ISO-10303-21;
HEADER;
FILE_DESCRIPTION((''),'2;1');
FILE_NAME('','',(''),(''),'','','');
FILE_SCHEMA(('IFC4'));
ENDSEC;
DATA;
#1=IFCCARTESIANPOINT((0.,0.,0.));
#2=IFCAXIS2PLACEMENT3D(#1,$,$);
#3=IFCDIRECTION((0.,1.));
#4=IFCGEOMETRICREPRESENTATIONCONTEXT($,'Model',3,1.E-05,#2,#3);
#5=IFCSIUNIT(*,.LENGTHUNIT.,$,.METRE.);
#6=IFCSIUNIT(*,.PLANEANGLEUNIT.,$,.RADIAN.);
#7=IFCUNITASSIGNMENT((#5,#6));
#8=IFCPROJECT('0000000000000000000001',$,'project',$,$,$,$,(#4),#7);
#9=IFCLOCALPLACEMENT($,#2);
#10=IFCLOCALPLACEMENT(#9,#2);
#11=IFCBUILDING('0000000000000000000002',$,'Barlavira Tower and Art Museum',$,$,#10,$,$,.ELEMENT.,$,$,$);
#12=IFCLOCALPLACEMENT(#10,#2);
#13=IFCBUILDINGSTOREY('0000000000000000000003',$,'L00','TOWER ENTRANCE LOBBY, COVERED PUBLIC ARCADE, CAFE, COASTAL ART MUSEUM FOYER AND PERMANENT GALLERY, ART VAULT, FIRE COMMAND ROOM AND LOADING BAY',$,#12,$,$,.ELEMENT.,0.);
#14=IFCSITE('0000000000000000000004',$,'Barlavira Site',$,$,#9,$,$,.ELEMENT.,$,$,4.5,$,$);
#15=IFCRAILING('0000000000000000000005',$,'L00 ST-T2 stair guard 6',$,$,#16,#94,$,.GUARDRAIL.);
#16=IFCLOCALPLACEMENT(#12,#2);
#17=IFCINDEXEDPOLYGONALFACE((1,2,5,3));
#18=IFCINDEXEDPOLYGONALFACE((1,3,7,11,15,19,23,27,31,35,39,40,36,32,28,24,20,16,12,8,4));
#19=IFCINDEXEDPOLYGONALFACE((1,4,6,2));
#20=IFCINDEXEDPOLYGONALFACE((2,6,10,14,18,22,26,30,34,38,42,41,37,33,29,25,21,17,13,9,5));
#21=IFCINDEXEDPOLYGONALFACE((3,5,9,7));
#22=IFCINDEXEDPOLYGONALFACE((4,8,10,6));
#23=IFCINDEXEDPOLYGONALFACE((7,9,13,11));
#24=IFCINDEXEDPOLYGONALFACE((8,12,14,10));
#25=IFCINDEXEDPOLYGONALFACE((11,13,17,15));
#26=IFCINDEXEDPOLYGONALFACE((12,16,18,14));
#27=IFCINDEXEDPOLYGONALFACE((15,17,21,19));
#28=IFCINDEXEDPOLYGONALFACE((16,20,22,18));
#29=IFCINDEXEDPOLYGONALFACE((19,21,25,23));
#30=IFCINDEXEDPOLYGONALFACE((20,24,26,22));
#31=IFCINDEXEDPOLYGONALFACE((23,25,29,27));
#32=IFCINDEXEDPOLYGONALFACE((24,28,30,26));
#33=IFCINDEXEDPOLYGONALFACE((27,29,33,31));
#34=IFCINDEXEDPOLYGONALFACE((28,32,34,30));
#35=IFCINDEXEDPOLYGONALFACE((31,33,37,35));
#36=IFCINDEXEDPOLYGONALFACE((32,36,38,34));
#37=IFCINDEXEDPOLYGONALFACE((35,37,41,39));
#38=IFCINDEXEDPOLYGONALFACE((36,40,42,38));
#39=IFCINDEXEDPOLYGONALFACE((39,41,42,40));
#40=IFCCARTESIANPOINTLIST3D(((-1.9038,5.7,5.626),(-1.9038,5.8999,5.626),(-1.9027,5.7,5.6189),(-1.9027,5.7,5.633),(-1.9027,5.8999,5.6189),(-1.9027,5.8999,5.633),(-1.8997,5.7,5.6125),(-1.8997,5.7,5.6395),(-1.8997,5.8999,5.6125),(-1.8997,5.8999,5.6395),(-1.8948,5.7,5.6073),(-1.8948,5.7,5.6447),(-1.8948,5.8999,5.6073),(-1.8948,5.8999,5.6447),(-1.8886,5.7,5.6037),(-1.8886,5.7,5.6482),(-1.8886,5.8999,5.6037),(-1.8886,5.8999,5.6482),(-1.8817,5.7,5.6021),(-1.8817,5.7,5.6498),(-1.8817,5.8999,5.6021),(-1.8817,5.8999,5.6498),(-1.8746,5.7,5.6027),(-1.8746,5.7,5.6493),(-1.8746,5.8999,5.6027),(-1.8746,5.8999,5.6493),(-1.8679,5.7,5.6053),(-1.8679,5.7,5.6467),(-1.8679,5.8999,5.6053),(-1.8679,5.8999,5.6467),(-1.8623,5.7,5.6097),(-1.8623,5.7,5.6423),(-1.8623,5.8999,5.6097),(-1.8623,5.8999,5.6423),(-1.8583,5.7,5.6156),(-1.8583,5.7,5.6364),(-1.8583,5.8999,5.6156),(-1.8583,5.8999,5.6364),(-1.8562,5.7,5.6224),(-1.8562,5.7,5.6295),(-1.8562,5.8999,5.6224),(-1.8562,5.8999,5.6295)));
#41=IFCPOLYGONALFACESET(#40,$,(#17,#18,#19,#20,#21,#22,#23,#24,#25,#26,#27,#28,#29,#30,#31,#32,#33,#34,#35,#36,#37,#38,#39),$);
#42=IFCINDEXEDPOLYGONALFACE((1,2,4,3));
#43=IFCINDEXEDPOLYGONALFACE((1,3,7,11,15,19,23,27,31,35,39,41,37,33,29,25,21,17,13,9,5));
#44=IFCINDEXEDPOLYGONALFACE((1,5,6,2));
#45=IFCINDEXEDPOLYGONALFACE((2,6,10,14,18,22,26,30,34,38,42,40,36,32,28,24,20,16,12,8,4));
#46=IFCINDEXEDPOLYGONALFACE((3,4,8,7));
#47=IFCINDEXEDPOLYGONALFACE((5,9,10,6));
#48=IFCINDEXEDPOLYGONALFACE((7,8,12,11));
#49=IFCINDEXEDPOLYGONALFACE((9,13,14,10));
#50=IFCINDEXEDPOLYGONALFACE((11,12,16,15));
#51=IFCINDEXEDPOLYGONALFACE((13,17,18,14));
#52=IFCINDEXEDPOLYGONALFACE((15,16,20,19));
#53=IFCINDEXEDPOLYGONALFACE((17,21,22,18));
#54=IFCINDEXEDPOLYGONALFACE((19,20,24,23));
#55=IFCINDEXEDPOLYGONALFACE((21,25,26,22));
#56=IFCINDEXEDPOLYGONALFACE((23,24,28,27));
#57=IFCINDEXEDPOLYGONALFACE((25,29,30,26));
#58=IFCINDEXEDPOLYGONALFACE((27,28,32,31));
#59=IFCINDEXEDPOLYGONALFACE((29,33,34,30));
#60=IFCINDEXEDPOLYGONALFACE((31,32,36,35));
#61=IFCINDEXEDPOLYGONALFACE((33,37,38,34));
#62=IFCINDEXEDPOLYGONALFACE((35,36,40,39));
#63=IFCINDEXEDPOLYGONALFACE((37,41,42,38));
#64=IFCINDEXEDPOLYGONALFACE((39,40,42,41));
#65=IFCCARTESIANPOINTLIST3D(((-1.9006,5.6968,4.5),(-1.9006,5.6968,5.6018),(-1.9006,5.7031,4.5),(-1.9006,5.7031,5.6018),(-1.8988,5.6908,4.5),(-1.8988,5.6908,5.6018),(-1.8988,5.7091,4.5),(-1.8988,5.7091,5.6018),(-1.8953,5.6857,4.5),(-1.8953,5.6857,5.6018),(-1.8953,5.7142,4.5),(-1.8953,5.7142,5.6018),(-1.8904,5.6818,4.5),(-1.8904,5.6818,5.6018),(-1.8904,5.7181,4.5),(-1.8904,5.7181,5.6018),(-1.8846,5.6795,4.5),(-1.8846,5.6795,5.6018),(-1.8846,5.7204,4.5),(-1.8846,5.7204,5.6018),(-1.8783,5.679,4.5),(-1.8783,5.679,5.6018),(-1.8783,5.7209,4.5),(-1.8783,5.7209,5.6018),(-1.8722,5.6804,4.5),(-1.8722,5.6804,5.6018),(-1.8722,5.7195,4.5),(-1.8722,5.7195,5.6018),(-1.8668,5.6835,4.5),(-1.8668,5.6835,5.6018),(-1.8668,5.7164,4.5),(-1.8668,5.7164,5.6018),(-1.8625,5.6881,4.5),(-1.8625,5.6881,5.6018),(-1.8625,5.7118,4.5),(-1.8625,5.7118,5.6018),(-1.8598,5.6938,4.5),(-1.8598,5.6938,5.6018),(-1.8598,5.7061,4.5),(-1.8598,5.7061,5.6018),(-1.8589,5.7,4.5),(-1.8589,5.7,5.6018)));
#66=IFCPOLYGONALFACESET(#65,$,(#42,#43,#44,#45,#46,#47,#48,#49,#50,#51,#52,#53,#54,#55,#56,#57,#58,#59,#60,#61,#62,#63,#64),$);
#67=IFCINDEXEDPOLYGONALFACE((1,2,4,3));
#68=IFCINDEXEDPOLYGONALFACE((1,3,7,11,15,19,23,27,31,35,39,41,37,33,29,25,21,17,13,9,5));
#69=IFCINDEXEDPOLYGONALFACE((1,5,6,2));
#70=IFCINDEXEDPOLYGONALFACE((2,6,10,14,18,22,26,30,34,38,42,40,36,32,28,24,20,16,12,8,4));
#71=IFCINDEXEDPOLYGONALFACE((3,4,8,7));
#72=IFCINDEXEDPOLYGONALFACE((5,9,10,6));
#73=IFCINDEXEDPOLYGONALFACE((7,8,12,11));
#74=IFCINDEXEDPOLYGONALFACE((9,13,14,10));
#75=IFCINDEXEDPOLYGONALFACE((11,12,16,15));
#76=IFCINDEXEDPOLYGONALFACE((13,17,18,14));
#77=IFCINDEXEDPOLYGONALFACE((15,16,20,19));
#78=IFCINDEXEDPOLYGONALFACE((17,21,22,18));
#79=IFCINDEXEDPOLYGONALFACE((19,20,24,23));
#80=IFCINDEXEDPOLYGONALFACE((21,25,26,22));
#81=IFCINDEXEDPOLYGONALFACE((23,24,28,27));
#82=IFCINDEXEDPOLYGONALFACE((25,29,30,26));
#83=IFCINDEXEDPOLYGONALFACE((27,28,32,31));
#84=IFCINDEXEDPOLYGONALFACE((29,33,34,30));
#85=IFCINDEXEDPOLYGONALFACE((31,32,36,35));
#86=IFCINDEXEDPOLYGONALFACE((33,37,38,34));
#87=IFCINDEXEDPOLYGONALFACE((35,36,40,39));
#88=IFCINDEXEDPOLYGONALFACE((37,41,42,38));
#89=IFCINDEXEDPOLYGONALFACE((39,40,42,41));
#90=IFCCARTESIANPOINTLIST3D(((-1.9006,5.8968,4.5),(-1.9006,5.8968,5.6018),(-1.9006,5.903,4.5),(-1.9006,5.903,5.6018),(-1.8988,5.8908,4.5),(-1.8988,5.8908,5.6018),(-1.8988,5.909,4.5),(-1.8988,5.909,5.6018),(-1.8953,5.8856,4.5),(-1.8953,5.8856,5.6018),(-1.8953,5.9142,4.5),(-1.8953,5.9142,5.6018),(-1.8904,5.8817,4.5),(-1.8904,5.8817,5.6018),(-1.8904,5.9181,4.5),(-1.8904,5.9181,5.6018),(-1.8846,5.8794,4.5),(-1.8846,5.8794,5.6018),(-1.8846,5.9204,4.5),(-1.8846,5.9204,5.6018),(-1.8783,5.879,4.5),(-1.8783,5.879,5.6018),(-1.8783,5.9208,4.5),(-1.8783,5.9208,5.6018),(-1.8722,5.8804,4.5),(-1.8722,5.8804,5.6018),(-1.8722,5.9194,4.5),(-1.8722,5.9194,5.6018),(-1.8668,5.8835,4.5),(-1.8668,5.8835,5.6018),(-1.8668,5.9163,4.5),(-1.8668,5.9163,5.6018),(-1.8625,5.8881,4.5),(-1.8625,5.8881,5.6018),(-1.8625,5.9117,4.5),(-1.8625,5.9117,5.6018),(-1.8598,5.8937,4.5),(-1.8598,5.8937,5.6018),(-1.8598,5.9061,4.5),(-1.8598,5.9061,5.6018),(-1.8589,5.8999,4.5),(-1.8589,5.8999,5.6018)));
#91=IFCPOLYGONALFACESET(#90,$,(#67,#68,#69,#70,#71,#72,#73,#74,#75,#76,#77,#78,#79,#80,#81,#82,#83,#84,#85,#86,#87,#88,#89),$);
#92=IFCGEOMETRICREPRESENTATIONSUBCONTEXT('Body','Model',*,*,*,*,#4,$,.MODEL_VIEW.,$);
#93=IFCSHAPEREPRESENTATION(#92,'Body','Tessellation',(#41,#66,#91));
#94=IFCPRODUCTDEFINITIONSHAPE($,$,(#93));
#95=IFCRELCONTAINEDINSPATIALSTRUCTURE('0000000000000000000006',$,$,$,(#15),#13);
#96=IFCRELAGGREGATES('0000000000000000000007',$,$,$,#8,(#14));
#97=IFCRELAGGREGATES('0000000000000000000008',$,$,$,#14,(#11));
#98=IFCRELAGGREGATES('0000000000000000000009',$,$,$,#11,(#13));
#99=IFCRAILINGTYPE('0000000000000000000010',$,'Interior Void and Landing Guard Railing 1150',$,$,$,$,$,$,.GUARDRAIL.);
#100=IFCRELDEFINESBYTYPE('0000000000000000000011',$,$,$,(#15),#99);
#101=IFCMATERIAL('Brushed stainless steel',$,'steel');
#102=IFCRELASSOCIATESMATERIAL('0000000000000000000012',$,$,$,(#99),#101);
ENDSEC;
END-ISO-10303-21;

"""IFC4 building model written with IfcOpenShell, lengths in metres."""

from ifc_helpers import new_model, si_unit, direction, frame, origin, origin_2d, place, context, subcontext, project, spatial, circle, extrude, material, type_object, element, save


model = new_model("IFC4")

# Units and contexts
model_context = context("Model", 3, precision=1e-05, world=origin(), true_north=direction((0.0, 1.0)))
body_context = subcontext(model_context, "Body", "Model", "MODEL_VIEW")
ifc_project = project(units=[si_unit("LENGTHUNIT", "METRE"), si_unit("PLANEANGLEUNIT", "RADIAN")], contexts=[model_context])

# Site, building, storey
site_placement = place(None, origin())
site = spatial("IfcSite", under=ifc_project, at=site_placement, Name="Barlavira Site", CompositionType="ELEMENT", RefElevation=4.5)
building_placement = place(site_placement, origin())
building = spatial("IfcBuilding", under=site, at=building_placement, Name="Barlavira Tower and Art Museum", CompositionType="ELEMENT")
storey_placement = place(building_placement, origin())
storey = spatial("IfcBuildingStorey", under=building, at=storey_placement, Name="L00", Description="TOWER ENTRANCE LOBBY, COVERED PUBLIC ARCADE, CAFE, COASTAL ART MUSEUM FOYER AND PERMANENT GALLERY, ART VAULT, FIRE COMMAND ROOM AND LOADING BAY", CompositionType="ELEMENT", Elevation=0.0)

# Shared definitions
ifc_material_1 = material(Name="Brushed stainless steel", Category="steel")

# Railing
railing_type_1 = type_object("IfcRailingType", Name="Interior Void and Landing Guard Railing 1150", PredefinedType="GUARDRAIL", material=ifc_material_1)
railing_1_placement = place(storey_placement, frame((-1.8799, 5.7, 4.5)))
element("IfcRailing", 1, at=railing_1_placement, inside=storey, type_object=railing_type_1, Name="L00 ST-T2 stair guard 6", PredefinedType="GUARDRAIL", context=body_context, shape_type="SweptSolid", body=[
    extrude(circle(Radius=0.0239, at=origin_2d()), frame((0.0, 0.0, 1.126), z_axis=(0.0, 1.0, 0.0), x_axis=(-1.0, 0.0, 0.0)), (0.0, 0.0, 1.0), 0.2),
    extrude(circle(Radius=0.021, at=origin_2d()), origin(), (0.0, 0.0, 1.0), 1.1018),
    extrude(circle(Radius=0.021, at=origin_2d()), frame((0.0, 0.2, 0.0)), (0.0, 0.0, 1.0), 1.1018),
])

save(model, "model.ifc")
